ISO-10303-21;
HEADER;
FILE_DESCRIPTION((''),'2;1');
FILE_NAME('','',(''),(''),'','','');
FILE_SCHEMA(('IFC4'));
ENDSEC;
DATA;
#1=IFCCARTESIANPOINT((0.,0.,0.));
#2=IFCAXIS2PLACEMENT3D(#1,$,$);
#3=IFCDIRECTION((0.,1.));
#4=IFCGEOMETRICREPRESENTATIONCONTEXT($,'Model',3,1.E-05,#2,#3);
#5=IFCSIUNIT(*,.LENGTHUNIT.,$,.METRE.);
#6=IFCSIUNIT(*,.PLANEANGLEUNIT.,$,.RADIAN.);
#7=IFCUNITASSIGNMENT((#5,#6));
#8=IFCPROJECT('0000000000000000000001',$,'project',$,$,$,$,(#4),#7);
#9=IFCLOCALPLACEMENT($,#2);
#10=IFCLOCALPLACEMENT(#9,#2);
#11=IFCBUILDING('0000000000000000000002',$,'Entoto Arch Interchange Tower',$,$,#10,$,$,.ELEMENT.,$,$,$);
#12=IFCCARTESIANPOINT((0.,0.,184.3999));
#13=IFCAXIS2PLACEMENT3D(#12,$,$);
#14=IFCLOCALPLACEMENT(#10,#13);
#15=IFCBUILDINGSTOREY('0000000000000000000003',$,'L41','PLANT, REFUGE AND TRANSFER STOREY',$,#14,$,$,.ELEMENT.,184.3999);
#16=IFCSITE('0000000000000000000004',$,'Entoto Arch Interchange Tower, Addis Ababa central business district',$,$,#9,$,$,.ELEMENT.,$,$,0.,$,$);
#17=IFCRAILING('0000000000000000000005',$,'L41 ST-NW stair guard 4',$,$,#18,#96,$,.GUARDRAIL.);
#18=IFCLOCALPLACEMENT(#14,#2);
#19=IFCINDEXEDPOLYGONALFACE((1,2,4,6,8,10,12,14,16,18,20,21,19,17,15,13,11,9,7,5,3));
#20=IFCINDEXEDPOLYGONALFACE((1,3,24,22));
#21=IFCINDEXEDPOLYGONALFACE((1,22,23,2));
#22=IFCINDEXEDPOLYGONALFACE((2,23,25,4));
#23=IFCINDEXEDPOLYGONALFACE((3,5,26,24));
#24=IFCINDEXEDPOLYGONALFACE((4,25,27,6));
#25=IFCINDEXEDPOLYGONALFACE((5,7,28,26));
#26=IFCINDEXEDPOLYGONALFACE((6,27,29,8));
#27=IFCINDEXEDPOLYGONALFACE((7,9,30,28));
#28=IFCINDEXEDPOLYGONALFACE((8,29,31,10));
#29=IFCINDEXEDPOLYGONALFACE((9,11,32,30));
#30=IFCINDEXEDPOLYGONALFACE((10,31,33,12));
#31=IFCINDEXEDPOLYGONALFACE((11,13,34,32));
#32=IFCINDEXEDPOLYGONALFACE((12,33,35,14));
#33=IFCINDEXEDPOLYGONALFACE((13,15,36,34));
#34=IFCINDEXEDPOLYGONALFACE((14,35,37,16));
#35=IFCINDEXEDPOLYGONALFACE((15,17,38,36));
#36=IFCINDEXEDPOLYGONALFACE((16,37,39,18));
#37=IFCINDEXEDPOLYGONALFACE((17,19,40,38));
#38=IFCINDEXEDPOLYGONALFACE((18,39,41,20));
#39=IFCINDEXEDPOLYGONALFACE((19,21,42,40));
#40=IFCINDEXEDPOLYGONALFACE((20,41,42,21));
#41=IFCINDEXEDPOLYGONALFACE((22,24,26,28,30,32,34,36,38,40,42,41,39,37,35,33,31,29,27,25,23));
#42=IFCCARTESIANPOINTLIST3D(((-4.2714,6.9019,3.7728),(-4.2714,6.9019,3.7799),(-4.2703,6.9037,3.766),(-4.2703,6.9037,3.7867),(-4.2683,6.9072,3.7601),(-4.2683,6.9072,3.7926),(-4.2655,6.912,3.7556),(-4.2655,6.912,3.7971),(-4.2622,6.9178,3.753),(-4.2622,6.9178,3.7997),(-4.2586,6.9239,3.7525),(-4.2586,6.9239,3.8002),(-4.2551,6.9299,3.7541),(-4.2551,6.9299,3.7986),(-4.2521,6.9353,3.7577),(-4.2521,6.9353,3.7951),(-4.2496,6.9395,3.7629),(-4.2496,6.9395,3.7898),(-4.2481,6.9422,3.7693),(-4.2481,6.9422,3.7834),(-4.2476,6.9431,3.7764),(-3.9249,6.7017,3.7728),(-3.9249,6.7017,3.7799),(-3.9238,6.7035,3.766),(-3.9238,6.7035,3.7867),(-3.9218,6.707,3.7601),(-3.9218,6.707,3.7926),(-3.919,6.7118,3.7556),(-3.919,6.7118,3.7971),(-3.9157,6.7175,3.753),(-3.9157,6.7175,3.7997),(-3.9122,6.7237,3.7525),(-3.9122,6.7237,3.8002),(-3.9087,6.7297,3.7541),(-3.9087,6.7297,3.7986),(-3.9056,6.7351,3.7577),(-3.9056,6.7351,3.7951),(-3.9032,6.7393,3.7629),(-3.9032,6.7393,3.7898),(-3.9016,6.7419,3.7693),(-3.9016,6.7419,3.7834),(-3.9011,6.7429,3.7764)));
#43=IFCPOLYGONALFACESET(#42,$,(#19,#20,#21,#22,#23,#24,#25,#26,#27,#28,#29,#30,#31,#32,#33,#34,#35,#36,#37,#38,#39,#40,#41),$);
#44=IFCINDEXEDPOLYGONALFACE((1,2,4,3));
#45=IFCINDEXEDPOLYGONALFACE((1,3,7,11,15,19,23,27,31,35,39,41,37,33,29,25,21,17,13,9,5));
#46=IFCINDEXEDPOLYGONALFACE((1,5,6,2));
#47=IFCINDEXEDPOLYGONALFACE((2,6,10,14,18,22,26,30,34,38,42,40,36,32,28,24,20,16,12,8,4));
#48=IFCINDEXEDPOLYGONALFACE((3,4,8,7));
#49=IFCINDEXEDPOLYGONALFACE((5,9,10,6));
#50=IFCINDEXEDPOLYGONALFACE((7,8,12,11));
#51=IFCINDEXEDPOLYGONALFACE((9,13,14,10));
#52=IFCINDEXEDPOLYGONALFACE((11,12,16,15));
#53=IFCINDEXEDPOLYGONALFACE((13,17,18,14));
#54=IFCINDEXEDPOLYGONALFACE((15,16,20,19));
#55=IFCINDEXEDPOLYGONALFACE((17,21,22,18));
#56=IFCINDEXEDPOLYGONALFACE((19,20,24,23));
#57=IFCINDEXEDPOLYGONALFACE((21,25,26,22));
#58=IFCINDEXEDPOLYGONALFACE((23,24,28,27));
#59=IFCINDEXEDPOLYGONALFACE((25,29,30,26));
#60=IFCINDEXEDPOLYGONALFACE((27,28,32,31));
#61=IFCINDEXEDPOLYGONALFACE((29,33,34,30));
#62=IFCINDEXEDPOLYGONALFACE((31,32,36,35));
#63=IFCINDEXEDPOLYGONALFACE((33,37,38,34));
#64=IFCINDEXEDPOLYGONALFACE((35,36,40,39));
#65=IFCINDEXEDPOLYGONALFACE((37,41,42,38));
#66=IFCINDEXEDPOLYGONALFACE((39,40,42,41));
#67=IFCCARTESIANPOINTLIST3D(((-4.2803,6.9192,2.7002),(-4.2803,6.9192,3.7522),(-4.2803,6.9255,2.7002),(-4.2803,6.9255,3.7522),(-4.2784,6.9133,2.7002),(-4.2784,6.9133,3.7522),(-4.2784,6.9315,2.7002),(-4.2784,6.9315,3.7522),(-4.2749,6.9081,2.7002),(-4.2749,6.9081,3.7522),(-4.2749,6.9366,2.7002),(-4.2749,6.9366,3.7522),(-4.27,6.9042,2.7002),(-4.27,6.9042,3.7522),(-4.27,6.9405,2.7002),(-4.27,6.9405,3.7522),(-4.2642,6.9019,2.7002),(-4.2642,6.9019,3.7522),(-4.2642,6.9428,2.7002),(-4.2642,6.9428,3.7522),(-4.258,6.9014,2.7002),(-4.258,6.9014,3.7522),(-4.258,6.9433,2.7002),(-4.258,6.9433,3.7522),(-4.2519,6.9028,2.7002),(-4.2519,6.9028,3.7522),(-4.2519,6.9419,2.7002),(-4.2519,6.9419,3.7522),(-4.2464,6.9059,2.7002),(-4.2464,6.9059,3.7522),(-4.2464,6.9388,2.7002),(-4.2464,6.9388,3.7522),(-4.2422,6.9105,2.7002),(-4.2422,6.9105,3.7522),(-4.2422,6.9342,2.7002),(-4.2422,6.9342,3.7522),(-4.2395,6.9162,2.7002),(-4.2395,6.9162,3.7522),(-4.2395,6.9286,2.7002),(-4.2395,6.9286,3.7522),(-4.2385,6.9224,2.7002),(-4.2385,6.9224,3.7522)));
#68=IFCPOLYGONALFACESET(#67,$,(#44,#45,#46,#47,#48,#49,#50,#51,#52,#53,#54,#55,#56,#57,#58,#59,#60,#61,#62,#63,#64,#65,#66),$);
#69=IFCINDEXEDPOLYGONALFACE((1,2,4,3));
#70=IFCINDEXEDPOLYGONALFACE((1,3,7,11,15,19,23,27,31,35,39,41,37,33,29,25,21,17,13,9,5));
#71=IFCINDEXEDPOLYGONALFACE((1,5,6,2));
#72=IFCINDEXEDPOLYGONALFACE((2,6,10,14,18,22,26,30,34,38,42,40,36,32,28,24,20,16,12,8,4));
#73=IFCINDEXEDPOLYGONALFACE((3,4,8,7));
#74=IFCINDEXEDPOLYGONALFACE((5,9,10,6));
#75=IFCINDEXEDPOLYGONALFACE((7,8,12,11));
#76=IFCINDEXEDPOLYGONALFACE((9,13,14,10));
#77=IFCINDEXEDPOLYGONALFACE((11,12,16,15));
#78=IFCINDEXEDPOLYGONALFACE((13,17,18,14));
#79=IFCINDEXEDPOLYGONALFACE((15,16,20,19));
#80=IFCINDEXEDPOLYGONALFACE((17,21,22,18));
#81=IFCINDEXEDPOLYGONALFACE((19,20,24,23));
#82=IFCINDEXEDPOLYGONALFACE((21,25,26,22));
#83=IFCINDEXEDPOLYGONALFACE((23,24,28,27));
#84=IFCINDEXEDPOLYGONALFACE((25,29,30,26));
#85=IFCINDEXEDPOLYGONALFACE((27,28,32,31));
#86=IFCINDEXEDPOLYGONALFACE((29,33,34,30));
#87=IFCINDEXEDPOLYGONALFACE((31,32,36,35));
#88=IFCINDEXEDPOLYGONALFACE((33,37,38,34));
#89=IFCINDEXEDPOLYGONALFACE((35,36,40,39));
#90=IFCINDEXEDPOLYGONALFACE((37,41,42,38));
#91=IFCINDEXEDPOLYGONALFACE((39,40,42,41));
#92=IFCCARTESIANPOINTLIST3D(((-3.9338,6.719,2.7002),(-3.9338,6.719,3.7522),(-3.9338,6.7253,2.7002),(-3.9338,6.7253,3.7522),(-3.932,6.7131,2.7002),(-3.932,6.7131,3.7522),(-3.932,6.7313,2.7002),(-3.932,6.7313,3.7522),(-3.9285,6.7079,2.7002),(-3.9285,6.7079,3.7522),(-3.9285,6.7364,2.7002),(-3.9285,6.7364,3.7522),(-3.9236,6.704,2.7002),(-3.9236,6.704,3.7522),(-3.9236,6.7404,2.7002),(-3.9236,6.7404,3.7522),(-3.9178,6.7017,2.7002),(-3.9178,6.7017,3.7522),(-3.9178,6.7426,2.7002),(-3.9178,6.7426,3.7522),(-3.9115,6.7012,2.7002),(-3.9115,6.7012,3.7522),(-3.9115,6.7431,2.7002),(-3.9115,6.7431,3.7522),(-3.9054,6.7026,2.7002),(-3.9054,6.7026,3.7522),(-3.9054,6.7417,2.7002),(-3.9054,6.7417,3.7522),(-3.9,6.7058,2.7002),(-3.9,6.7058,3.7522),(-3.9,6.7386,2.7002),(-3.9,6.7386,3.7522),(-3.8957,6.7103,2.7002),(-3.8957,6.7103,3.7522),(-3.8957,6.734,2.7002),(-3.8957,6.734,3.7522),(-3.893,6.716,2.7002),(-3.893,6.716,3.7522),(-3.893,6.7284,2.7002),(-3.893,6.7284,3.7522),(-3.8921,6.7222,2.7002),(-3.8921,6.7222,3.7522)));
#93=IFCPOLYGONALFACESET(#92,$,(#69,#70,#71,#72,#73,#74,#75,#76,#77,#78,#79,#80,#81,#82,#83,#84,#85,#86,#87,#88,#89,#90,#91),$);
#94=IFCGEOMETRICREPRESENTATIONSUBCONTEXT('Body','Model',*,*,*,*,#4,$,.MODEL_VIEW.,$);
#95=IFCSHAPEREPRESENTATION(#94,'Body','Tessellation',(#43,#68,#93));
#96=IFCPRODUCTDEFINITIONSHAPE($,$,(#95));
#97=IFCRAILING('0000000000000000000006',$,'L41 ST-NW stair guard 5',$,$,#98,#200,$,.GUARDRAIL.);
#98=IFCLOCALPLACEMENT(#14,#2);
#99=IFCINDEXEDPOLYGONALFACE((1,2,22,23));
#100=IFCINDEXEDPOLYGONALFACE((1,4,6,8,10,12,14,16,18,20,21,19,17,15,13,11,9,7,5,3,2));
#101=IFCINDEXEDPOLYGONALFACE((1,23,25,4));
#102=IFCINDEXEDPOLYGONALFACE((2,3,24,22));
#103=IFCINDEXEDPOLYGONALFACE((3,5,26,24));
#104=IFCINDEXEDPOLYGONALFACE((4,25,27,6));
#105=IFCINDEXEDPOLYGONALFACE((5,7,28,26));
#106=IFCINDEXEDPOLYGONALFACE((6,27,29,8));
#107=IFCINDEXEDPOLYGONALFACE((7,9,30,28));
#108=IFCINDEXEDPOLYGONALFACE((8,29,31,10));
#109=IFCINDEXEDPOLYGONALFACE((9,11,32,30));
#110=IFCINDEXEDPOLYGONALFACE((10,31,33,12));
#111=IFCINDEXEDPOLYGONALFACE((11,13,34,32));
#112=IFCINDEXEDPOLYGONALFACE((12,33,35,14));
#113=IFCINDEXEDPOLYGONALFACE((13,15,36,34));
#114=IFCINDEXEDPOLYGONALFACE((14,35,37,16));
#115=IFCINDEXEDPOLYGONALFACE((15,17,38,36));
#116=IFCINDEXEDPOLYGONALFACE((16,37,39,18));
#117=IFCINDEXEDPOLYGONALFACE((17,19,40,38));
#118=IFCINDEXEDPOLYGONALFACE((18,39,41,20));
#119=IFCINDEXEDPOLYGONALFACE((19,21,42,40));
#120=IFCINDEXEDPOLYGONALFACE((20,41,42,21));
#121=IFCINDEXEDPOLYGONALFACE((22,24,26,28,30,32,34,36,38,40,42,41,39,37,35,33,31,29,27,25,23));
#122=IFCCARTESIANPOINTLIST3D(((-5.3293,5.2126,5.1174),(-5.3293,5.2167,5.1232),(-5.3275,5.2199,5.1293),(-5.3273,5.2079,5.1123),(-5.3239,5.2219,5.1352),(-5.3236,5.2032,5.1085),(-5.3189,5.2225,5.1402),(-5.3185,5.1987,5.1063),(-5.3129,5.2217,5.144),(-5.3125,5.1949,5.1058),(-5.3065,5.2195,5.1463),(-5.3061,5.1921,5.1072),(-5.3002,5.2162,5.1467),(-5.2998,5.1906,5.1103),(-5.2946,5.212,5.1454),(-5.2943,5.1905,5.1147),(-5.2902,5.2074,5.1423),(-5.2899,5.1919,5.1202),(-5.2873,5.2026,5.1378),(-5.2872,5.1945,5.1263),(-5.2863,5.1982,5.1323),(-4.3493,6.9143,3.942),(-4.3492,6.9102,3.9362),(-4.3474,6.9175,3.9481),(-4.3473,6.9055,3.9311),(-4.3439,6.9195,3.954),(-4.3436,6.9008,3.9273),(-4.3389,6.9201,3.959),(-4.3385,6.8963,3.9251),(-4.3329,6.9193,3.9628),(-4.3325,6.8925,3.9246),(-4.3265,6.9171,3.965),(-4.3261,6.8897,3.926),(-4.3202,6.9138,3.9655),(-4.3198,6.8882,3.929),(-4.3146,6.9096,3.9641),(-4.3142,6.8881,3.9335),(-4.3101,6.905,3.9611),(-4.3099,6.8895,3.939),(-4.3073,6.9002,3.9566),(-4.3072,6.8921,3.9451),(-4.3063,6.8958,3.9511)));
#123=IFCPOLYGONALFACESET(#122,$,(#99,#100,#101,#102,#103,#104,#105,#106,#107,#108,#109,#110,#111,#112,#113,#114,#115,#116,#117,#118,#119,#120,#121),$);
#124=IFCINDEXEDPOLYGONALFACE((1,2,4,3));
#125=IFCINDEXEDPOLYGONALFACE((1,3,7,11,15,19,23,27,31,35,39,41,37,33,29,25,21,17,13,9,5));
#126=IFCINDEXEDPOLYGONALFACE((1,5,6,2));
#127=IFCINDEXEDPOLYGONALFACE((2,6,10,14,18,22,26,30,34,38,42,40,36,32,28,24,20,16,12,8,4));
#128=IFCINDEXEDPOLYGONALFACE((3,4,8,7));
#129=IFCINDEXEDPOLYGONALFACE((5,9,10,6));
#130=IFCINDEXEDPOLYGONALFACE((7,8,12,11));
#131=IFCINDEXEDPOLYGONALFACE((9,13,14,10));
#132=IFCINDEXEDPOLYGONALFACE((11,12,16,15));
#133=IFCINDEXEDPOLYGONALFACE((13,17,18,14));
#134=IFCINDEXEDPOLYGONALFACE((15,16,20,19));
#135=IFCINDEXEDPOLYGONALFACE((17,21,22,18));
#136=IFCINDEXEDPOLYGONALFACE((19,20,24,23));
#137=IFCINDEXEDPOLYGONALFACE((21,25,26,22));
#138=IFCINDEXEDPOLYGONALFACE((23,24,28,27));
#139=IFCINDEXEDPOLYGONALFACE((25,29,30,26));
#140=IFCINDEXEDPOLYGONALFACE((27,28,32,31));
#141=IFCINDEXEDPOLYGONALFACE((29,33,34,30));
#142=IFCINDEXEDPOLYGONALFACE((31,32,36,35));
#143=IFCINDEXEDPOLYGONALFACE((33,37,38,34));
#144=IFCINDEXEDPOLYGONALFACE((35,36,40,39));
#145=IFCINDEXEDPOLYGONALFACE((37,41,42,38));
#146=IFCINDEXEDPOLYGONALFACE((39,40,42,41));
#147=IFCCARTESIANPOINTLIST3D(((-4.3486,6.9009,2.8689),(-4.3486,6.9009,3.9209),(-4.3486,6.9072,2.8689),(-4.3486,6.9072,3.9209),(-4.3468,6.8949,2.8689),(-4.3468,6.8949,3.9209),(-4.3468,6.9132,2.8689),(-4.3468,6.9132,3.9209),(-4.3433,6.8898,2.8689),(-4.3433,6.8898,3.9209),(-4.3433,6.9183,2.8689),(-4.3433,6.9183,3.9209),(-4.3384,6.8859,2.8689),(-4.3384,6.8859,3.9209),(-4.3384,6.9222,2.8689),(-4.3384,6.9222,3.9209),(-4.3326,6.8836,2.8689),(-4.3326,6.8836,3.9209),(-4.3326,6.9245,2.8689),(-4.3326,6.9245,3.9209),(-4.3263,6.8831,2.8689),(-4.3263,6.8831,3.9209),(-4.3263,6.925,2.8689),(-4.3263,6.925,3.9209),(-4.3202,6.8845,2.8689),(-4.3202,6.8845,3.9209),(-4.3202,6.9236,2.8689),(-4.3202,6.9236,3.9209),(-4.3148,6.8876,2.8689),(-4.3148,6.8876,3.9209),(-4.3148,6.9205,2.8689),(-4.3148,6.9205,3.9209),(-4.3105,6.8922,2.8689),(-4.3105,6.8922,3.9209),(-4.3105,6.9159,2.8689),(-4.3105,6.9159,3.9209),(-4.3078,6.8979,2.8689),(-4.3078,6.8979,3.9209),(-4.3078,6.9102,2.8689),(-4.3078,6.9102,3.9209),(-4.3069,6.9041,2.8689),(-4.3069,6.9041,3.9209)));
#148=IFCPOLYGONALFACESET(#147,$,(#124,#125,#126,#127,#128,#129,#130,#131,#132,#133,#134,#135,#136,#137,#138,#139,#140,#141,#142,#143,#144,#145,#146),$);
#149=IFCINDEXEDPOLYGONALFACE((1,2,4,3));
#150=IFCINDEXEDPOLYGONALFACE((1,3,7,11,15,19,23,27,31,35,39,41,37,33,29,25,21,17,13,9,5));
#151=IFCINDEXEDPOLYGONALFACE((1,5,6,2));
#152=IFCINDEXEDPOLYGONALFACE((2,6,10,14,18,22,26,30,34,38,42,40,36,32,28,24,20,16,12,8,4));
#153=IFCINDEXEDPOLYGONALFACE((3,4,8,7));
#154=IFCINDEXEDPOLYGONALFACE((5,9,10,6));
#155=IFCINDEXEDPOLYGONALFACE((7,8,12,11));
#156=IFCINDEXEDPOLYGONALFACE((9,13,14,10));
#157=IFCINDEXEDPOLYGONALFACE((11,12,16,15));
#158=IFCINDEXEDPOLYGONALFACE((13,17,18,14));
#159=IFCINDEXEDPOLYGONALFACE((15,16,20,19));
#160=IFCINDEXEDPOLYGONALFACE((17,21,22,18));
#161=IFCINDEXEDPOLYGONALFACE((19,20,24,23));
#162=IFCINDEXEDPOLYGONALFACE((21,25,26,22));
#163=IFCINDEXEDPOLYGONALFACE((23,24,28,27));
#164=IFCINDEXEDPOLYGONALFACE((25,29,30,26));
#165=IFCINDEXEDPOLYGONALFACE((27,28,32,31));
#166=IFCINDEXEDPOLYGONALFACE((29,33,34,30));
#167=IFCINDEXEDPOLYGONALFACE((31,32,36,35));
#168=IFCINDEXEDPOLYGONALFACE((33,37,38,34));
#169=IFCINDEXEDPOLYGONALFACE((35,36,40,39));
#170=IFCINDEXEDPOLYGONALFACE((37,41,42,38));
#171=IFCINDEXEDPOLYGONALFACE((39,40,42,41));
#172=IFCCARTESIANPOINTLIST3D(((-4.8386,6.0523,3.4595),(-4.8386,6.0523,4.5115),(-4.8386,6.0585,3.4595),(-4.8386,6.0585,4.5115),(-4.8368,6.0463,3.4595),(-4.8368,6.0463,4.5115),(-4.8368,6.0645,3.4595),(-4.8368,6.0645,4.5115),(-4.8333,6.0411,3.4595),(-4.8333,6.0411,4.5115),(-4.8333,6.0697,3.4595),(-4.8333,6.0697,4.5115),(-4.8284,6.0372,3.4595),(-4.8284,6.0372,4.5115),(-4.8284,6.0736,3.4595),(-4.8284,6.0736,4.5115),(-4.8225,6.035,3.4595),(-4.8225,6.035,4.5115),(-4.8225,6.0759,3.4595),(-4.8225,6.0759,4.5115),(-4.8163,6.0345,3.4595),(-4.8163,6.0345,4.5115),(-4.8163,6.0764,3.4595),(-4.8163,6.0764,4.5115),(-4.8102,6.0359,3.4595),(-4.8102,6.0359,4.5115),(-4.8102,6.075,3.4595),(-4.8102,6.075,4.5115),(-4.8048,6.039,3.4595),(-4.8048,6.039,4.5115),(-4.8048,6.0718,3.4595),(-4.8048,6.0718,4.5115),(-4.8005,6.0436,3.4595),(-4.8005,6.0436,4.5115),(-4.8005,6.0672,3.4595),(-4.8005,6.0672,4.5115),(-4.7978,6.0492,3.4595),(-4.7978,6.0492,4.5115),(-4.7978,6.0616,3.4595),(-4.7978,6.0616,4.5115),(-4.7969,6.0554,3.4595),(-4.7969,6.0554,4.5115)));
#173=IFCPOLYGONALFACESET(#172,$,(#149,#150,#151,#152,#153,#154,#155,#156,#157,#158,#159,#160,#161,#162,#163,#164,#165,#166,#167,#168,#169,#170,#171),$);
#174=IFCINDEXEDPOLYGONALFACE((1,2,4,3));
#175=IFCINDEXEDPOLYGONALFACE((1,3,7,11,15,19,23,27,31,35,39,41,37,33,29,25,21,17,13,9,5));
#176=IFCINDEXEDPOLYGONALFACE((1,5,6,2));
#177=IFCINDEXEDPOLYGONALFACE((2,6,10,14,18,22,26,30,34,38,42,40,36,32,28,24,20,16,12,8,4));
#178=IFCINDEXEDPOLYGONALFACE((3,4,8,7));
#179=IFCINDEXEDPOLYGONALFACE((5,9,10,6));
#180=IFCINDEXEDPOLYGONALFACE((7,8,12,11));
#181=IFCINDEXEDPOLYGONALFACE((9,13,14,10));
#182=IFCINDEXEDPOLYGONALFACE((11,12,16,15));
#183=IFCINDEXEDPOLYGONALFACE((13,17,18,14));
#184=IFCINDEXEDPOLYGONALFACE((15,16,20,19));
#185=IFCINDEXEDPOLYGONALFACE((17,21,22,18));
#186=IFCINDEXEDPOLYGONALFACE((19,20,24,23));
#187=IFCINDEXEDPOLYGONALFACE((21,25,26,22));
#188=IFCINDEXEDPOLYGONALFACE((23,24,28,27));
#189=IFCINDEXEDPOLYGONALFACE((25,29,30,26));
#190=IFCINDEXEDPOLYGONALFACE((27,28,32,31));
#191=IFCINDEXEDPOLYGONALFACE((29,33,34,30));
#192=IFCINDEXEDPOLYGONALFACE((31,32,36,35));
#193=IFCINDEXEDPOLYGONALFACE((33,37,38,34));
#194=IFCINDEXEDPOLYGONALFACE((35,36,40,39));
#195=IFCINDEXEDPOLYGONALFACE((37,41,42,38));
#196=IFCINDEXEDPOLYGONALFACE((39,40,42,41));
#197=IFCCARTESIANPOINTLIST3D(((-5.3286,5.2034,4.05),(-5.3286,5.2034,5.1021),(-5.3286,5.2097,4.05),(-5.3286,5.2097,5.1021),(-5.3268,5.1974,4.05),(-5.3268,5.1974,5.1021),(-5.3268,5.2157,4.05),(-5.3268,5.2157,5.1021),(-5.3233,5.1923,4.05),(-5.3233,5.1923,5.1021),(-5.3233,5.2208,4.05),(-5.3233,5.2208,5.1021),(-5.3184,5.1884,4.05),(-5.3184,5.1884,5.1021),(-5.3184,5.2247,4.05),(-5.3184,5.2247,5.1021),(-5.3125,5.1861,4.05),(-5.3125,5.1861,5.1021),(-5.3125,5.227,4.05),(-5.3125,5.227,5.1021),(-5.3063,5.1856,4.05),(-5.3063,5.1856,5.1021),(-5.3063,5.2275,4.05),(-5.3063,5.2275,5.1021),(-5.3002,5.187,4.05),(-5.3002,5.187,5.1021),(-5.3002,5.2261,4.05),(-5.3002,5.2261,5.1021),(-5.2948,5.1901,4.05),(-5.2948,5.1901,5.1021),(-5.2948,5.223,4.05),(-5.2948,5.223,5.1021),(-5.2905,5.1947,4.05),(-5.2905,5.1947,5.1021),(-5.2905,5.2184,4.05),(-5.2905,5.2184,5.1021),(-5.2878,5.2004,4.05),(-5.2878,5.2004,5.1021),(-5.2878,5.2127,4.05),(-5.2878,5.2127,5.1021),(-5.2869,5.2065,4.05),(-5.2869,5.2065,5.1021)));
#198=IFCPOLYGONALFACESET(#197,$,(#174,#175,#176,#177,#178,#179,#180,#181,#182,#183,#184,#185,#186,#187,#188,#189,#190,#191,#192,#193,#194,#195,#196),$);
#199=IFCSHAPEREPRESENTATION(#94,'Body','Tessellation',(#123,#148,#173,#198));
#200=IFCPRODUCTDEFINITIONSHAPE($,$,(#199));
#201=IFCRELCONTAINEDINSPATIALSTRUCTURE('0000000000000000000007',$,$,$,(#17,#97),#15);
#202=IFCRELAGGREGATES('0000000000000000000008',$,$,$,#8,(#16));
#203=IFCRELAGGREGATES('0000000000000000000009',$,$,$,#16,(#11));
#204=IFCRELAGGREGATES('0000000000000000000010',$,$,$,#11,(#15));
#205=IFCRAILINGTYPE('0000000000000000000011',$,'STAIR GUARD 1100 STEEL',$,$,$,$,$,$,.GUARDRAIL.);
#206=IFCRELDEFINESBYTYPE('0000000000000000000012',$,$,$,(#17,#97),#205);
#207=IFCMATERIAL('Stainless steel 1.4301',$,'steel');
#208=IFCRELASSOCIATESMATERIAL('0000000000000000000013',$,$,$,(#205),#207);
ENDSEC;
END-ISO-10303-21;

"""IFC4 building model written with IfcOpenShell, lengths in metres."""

from ifc_helpers import new_model, si_unit, direction, frame, origin, origin_2d, place, context, subcontext, project, spatial, circle, extrude, material, type_object, element, save


model = new_model("IFC4")

# Units and contexts
model_context = context("Model", 3, precision=1e-05, world=origin(), true_north=direction((0.0, 1.0)))
body_context = subcontext(model_context, "Body", "Model", "MODEL_VIEW")
ifc_project = project(units=[si_unit("LENGTHUNIT", "METRE"), si_unit("PLANEANGLEUNIT", "RADIAN")], contexts=[model_context])

# Site, building, storey
site_placement = place(None, origin())
site = spatial("IfcSite", under=ifc_project, at=site_placement, Name="Entoto Arch Interchange Tower, Addis Ababa central business district", CompositionType="ELEMENT", RefElevation=0.0)
building_placement = place(site_placement, origin())
building = spatial("IfcBuilding", under=site, at=building_placement, Name="Entoto Arch Interchange Tower", CompositionType="ELEMENT")
storey_placement = place(building_placement, frame((0.0, 0.0, 184.3999)))
storey = spatial("IfcBuildingStorey", under=building, at=storey_placement, Name="L41", Description="PLANT, REFUGE AND TRANSFER STOREY", CompositionType="ELEMENT", Elevation=184.3999)

# Railings
ifc_material_1 = material(Name="Stainless steel 1.4301", Category="steel")
railing_type_1 = type_object("IfcRailingType", Name="STAIR GUARD 1100 STEEL", PredefinedType="GUARDRAIL", material=ifc_material_1)
railing_1_placement = place(storey_placement, frame((-4.2595, 6.9224, 2.7002)))
element("IfcRailing", 1, at=railing_1_placement, inside=storey, type_object=railing_type_1, Name="L41 ST-NW stair guard 4", PredefinedType="GUARDRAIL", context=body_context, shape_type="SweptSolid", body=[
    extrude(circle(Radius=0.0239, at=origin_2d()), frame((0.0, 0.0, 1.0762), z_axis=(0.86583, -0.500339, 0.0), x_axis=(0.500339, 0.86583, 0.0)), (0.0, 0.0, 1.0), 0.4001),
    extrude(circle(Radius=0.021, at=origin_2d()), origin(), (0.0, 0.0, 1.0), 1.052),
    extrude(circle(Radius=0.021, at=origin_2d()), frame((0.3464, -0.2002, 0.0)), (0.0, 0.0, 1.0), 1.052),
])
railing_2_placement = place(storey_placement, frame((-4.3279, 6.9041, 2.8689)))
element("IfcRailing", 2, at=railing_2_placement, inside=storey, type_object=railing_type_1, Name="L41 ST-NW stair guard 5", PredefinedType="GUARDRAIL", context=body_context, shape_type="SweptSolid", body=[
    extrude(circle(Radius=0.0239, at=origin_2d()), frame((0.0, 0.0, 1.0762), z_axis=(-0.428228, -0.741771, 0.516135), x_axis=(0.866042, -0.49997, 0.0)), (0.0, 0.0, 1.0), 2.2886),
    extrude(circle(Radius=0.021, at=origin_2d()), origin(), (0.0, 0.0, 1.0), 1.052),
    extrude(circle(Radius=0.021, at=origin_2d()), frame((-0.49, -0.8486, 0.5906)), (0.0, 0.0, 1.0), 1.052),
    extrude(circle(Radius=0.021, at=origin_2d()), frame((-0.98, -1.6975, 1.1812)), (0.0, 0.0, 1.0), 1.052),
])

save(model, "model.ifc")
